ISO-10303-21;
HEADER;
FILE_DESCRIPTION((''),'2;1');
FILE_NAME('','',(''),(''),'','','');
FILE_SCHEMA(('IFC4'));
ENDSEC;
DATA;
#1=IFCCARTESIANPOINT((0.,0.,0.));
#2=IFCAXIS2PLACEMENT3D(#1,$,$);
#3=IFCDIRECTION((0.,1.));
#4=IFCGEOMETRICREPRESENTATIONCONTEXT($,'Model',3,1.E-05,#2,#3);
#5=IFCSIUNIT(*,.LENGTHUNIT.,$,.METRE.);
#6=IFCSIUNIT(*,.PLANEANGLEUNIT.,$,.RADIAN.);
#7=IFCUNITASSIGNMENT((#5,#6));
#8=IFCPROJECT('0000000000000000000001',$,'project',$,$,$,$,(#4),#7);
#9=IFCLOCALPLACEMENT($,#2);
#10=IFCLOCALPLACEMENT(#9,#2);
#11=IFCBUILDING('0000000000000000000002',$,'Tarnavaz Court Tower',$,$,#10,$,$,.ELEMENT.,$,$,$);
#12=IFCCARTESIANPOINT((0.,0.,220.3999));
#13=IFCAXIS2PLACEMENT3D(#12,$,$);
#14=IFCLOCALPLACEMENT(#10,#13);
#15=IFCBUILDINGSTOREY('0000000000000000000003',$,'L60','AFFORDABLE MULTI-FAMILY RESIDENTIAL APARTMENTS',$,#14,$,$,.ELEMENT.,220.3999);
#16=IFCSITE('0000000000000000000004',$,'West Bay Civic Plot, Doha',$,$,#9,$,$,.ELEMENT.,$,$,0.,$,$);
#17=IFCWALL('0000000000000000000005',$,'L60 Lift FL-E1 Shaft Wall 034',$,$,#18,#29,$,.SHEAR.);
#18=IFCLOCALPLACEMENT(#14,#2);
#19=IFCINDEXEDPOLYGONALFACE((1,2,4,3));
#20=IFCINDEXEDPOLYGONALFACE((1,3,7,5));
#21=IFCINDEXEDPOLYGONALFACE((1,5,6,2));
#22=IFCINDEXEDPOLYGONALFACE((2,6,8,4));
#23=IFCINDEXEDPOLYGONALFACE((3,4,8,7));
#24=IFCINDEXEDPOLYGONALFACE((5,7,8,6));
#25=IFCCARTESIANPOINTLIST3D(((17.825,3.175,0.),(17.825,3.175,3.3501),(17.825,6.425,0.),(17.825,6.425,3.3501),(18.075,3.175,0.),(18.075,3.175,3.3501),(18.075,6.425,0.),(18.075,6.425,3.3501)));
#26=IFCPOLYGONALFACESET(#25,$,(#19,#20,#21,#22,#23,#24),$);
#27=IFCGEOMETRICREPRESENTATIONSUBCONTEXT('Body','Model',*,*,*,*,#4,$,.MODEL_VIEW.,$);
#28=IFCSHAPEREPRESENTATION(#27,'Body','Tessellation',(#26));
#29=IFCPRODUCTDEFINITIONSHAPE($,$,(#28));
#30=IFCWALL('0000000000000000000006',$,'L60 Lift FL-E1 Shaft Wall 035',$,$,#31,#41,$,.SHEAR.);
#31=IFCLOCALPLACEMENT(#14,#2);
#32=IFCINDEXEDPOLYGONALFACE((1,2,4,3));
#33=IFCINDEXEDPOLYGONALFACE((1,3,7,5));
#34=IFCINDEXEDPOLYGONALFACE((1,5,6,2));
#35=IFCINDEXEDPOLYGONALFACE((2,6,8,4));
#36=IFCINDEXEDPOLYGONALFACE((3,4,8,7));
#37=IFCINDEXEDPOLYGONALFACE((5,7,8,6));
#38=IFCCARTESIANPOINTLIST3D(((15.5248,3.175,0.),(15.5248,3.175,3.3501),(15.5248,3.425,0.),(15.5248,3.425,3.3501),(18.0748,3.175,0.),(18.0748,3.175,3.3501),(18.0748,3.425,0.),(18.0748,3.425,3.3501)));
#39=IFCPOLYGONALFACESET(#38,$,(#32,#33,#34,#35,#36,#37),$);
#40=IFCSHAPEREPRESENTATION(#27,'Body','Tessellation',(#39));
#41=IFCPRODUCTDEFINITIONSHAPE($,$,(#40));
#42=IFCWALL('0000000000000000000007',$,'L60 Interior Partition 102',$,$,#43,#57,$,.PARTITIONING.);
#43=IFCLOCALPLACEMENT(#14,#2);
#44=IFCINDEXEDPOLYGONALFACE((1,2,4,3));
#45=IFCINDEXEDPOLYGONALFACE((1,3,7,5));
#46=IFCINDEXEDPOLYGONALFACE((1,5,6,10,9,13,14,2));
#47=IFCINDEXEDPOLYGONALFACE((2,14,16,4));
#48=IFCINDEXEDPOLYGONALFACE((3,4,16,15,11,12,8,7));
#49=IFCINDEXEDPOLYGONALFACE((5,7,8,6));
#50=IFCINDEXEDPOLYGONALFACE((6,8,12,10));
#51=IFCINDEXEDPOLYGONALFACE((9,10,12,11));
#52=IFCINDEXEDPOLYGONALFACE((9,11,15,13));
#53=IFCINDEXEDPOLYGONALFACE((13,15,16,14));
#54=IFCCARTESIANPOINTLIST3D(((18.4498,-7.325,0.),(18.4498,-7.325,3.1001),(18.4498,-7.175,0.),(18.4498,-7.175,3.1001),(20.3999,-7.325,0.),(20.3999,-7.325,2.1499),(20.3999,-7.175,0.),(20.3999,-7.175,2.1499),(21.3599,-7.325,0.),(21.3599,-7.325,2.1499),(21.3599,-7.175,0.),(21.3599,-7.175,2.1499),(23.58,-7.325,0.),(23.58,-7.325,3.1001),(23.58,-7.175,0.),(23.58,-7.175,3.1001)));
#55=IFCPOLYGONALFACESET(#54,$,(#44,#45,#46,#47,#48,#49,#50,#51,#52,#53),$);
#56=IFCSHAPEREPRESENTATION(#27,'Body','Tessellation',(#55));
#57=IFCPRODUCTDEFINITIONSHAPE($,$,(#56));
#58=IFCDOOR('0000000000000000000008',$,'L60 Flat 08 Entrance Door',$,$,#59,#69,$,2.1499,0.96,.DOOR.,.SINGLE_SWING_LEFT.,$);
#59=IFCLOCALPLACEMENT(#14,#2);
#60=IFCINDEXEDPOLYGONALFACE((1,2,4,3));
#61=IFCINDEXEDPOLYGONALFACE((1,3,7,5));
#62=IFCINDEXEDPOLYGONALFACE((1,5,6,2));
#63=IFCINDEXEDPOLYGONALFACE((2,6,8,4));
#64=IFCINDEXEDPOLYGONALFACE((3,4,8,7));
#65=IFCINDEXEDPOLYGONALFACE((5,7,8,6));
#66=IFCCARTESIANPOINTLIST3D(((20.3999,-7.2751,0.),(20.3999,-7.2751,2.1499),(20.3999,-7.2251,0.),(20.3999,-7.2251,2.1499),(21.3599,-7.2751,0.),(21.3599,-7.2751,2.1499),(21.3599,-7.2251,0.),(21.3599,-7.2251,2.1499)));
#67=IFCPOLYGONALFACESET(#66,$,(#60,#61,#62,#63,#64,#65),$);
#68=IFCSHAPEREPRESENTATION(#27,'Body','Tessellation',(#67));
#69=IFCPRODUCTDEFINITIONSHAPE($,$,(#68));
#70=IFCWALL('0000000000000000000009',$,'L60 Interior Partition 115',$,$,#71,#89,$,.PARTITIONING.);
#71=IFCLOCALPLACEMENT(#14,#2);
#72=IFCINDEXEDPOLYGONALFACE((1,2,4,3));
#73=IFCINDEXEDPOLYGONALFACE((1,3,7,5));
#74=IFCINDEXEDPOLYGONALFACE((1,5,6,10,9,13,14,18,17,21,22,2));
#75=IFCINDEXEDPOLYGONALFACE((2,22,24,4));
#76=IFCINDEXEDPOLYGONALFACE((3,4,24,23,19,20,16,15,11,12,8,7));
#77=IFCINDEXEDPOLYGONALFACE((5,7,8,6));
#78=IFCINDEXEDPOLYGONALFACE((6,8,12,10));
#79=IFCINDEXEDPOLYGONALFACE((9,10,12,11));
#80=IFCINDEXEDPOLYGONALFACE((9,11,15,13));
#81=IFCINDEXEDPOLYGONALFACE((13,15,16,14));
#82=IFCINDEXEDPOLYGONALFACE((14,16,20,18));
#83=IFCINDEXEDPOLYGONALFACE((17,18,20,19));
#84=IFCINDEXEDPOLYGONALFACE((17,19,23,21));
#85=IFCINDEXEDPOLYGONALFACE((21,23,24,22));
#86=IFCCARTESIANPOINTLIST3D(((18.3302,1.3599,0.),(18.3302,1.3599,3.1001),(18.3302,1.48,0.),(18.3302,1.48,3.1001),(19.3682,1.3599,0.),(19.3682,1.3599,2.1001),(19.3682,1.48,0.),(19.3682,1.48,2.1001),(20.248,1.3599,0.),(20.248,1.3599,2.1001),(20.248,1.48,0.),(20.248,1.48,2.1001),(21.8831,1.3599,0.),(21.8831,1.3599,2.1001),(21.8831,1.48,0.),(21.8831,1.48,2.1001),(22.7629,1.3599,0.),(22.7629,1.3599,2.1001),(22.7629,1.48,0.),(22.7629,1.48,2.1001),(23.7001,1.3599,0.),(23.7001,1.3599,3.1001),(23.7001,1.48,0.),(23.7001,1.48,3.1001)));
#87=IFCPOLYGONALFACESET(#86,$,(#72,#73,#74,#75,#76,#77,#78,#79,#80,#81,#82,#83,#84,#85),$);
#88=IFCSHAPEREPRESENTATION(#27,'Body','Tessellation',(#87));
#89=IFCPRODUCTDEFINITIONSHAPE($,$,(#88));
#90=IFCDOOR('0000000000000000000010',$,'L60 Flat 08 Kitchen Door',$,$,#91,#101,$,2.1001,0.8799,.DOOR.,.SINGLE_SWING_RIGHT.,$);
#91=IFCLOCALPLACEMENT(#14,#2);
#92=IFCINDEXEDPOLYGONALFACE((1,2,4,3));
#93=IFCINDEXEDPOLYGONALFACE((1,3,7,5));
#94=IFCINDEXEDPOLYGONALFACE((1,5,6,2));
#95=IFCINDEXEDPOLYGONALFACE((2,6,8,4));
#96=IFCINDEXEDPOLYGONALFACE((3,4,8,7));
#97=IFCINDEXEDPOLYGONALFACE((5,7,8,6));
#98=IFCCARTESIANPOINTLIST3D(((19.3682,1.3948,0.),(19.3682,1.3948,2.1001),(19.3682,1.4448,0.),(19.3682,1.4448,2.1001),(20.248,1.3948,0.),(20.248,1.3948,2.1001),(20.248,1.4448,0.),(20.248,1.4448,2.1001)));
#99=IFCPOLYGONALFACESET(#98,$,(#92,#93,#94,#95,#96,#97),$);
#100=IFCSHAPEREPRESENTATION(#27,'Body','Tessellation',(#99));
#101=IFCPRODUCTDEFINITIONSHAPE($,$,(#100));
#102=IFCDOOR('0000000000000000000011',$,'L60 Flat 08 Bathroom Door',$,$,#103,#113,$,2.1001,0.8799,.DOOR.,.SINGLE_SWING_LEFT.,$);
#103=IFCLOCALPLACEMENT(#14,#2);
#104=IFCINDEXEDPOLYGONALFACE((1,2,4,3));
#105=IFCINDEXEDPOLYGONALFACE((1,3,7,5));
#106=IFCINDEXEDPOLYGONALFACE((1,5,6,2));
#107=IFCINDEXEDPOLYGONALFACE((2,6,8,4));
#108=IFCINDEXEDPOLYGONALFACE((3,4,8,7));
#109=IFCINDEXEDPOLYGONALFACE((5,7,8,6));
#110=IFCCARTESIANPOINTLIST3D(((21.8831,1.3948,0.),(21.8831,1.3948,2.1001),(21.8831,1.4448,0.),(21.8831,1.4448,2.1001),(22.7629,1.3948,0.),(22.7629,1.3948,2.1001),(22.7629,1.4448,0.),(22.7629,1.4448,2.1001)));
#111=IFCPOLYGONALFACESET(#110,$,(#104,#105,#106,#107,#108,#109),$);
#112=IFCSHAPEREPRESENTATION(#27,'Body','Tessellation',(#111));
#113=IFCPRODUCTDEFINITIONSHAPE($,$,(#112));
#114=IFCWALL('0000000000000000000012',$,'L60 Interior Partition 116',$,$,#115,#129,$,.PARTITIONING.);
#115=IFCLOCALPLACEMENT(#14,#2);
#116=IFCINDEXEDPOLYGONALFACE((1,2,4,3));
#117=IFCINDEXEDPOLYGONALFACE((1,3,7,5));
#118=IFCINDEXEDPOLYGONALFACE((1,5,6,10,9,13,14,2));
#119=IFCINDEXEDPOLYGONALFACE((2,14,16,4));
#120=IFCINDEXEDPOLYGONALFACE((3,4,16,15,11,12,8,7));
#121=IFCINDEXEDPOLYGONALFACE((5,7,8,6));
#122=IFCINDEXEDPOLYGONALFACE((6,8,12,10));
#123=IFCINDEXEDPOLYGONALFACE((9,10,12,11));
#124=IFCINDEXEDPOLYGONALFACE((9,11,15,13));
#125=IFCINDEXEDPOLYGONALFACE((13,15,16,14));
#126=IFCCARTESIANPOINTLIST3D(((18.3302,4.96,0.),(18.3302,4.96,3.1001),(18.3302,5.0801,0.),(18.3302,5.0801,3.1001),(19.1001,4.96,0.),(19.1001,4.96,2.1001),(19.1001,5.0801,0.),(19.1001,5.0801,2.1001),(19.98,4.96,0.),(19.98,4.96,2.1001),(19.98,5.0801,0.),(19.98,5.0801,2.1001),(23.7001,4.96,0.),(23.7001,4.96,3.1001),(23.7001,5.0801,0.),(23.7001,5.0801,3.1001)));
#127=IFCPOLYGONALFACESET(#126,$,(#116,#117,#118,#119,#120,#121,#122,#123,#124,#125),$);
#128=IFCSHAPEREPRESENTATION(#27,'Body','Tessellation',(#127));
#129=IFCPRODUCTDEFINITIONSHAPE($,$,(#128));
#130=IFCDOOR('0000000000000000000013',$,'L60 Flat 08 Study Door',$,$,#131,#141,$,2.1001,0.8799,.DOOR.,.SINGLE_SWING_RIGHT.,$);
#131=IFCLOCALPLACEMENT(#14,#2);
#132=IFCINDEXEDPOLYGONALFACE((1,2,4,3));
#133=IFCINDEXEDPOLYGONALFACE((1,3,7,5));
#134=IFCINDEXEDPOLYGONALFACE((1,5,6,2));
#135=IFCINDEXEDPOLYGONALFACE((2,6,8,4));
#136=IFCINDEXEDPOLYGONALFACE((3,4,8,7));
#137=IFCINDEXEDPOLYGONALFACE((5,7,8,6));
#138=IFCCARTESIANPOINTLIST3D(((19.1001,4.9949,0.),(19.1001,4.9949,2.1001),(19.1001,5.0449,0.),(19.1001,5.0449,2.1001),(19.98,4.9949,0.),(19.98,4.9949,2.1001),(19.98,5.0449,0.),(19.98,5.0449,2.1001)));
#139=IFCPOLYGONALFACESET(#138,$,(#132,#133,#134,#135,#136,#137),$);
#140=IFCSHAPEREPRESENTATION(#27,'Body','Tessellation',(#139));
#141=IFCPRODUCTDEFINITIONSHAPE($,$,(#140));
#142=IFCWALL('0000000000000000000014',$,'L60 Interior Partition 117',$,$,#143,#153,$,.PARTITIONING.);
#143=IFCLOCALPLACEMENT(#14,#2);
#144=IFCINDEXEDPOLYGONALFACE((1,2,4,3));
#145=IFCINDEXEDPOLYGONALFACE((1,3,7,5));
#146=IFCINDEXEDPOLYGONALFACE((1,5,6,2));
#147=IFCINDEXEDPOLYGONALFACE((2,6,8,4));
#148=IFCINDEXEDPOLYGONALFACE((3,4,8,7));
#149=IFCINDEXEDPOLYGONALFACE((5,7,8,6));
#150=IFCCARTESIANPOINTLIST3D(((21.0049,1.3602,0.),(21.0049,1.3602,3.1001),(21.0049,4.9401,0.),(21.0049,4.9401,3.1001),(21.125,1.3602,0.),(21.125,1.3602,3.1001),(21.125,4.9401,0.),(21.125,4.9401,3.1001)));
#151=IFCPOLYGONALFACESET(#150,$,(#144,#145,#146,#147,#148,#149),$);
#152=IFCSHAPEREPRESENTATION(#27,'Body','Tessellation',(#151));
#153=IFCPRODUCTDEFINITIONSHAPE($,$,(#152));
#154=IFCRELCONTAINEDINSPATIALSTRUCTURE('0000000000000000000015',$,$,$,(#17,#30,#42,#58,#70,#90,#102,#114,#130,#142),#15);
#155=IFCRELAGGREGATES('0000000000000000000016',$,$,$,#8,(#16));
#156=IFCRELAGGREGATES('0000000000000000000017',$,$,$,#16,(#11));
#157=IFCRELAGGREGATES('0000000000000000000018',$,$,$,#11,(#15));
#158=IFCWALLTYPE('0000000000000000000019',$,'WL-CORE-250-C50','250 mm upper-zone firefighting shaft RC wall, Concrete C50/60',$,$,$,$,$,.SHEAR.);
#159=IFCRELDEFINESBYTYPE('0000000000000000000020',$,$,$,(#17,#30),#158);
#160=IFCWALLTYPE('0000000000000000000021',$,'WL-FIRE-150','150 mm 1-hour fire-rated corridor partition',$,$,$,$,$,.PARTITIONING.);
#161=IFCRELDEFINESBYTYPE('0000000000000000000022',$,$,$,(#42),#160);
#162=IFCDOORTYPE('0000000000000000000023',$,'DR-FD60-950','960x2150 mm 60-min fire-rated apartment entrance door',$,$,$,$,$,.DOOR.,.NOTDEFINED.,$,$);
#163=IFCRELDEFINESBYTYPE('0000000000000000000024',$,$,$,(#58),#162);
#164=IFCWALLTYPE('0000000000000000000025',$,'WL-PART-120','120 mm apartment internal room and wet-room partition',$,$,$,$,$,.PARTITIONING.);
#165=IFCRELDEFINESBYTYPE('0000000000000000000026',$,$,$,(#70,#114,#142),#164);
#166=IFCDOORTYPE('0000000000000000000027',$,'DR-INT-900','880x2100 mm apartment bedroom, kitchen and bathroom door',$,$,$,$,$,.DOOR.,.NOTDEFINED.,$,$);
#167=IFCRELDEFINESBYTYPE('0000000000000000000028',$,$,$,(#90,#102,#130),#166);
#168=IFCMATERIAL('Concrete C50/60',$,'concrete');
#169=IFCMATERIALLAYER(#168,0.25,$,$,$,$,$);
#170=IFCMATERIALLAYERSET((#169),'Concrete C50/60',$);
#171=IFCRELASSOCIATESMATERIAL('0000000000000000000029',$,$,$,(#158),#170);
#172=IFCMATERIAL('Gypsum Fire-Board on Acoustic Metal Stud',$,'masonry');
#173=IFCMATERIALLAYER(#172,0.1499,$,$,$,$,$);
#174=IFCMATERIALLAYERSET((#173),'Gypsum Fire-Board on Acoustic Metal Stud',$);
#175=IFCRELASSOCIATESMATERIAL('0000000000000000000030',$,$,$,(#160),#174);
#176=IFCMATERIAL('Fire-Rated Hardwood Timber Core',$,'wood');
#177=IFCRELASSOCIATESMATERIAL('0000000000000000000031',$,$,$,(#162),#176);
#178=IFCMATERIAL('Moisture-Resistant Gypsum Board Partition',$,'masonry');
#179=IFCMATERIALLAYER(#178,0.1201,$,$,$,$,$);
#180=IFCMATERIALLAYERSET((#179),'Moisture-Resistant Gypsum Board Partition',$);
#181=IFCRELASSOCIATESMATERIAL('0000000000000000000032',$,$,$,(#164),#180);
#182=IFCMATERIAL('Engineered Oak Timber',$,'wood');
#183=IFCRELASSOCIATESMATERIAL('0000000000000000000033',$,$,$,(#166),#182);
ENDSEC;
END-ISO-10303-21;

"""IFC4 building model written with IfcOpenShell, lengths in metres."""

from ifc_helpers import new_model, si_unit, direction, frame, frame_2d, origin, place, context, subcontext, project, spatial, rectangle, extrude, material, layer, layer_set, type_object, element, fill, save


model = new_model("IFC4")

# Units and contexts
model_context = context("Model", 3, precision=1e-05, world=origin(), true_north=direction((0.0, 1.0)))
body_context = subcontext(model_context, "Body", "Model", "MODEL_VIEW")
ifc_project = project(units=[si_unit("LENGTHUNIT", "METRE"), si_unit("PLANEANGLEUNIT", "RADIAN")], contexts=[model_context])

# Site, building, storey
site_placement = place(None, origin())
site = spatial("IfcSite", under=ifc_project, at=site_placement, Name="West Bay Civic Plot, Doha", CompositionType="ELEMENT", RefElevation=0.0)
building_placement = place(site_placement, origin())
building = spatial("IfcBuilding", under=site, at=building_placement, Name="Tarnavaz Court Tower", CompositionType="ELEMENT")
storey_placement = place(building_placement, frame((0.0, 0.0, 220.3999)))
storey = spatial("IfcBuildingStorey", under=building, at=storey_placement, Name="L60", Description="AFFORDABLE MULTI-FAMILY RESIDENTIAL APARTMENTS", CompositionType="ELEMENT", Elevation=220.3999)

# Shared definitions
ifc_material_1 = material(Name="Concrete C50/60", Category="concrete")

# Shared definitions
ifc_layer_1 = layer(ifc_material_1, 0.25)
ifc_layer_set_1 = layer_set([ifc_layer_1], Name="Concrete C50/60")
wall_type_1 = type_object("IfcWallType", Name="WL-CORE-250-C50", Description="250 mm upper-zone firefighting shaft RC wall, Concrete C50/60", PredefinedType="SHEAR", material=ifc_layer_set_1)

# Walls
wall_1_placement = place(storey_placement, frame((17.95, 3.175, 0.0), z_axis=(0.0, 0.0, 1.0), x_axis=(0.0, 1.0, 0.0)))
element("IfcWall", 1, at=wall_1_placement, inside=storey, type_object=wall_type_1, Name="L60 Lift FL-E1 Shaft Wall 034", PredefinedType="SHEAR", context=body_context, shape_type="SweptSolid", body=[
    extrude(rectangle(XDim=3.25, YDim=0.25, at=frame_2d((1.625, 0.0))), origin(), (0.0, 0.0, 1.0), 3.3501),
])
wall_2_placement = place(storey_placement, frame((15.5249, 3.3, 0.0), z_axis=(0.0, 0.0, 1.0), x_axis=(1.0, 0.0, 0.0)))
element("IfcWall", 2, at=wall_2_placement, inside=storey, type_object=wall_type_1, Name="L60 Lift FL-E1 Shaft Wall 035", PredefinedType="SHEAR", context=body_context, shape_type="SweptSolid", body=[
    extrude(rectangle(XDim=2.55, YDim=0.25, at=frame_2d((1.2749, 0.0))), origin(), (0.0, 0.0, 1.0), 3.3501),
])

# Wall, opening, door
ifc_material_2 = material(Name="Gypsum Fire-Board on Acoustic Metal Stud", Category="masonry")
ifc_layer_2 = layer(ifc_material_2, 0.1499)
ifc_layer_set_2 = layer_set([ifc_layer_2], Name="Gypsum Fire-Board on Acoustic Metal Stud")
wall_type_2 = type_object("IfcWallType", Name="WL-FIRE-150", Description="150 mm 1-hour fire-rated corridor partition", PredefinedType="PARTITIONING", material=ifc_layer_set_2)
wall_3_placement = place(storey_placement, frame((18.45, -7.25, 0.0), z_axis=(0.0, 0.0, 1.0), x_axis=(1.0, 0.0, 0.0)))
wall_3 = element("IfcWall", 3, at=wall_3_placement, inside=storey, type_object=wall_type_2, Name="L60 Interior Partition 102", PredefinedType="PARTITIONING", context=body_context, shape_type="SweptSolid", body=[
    extrude(rectangle(XDim=5.1301, YDim=0.1499, at=frame_2d((2.5649, 0.0))), origin(), (0.0, 0.0, 1.0), 3.1001),
])
opening_1_placement = place(wall_3_placement, frame((1.95, 0.0, 0.0)))
opening_1 = element("IfcOpeningElement", 4, at=opening_1_placement, cuts=wall_3, PredefinedType="OPENING", context=body_context, shape_type="SweptSolid", body=[
    extrude(rectangle(XDim=0.96, YDim=2.1499, at=frame_2d((0.48, 1.075))), frame((0.0, 0.085, 0.0), z_axis=(0.0, -1.0, 0.0), x_axis=(1.0, 0.0, 0.0)), (0.0, 0.0, 1.0), 0.1699),
])
ifc_material_3 = material(Name="Fire-Rated Hardwood Timber Core", Category="wood")
door_type_1 = type_object("IfcDoorType", Name="DR-FD60-950", Description="960x2150 mm 60-min fire-rated apartment entrance door", OperationType="NOTDEFINED", PredefinedType="DOOR", material=ifc_material_3)
door_1_placement = place(opening_1_placement, origin())
door_1 = element("IfcDoor", 5, at=door_1_placement, inside=storey, type_object=door_type_1, Name="L60 Flat 08 Entrance Door", OperationType="SINGLE_SWING_LEFT", OverallHeight=2.1499, OverallWidth=0.96, PredefinedType="DOOR", context=body_context, shape_type="SweptSolid", body=[
    extrude(rectangle(XDim=0.96, YDim=2.1499, at=frame_2d((0.48, 1.075))), frame((0.0, 0.0249, 0.0), z_axis=(0.0, -1.0, 0.0), x_axis=(1.0, 0.0, 0.0)), (0.0, 0.0, 1.0), 0.05),
])
fill(opening_1, door_1)

# Wall, openings, doors
ifc_material_4 = material(Name="Moisture-Resistant Gypsum Board Partition", Category="masonry")
ifc_layer_3 = layer(ifc_material_4, 0.1201)
ifc_layer_set_3 = layer_set([ifc_layer_3], Name="Moisture-Resistant Gypsum Board Partition")
wall_type_3 = type_object("IfcWallType", Name="WL-PART-120", Description="120 mm apartment internal room and wet-room partition", PredefinedType="PARTITIONING", material=ifc_layer_set_3)
wall_4_placement = place(storey_placement, frame((18.3301, 1.4199, 0.0), z_axis=(0.0, 0.0, 1.0), x_axis=(1.0, 0.0, 0.0)))
wall_4 = element("IfcWall", 6, at=wall_4_placement, inside=storey, type_object=wall_type_3, Name="L60 Interior Partition 115", PredefinedType="PARTITIONING", context=body_context, shape_type="SweptSolid", body=[
    extrude(rectangle(XDim=5.3699, YDim=0.1201, at=frame_2d((2.6851, 0.0))), origin(), (0.0, 0.0, 1.0), 3.1001),
])
opening_2_placement = place(wall_4_placement, frame((1.0381, 0.0, 0.0)))
opening_2 = element("IfcOpeningElement", 7, at=opening_2_placement, cuts=wall_4, PredefinedType="OPENING", context=body_context, shape_type="SweptSolid", body=[
    extrude(rectangle(XDim=0.8799, YDim=2.1001, at=frame_2d((0.4399, 1.05))), frame((0.0, 0.0701, 0.0), z_axis=(0.0, -1.0, 0.0), x_axis=(1.0, 0.0, 0.0)), (0.0, 0.0, 1.0), 0.1401),
])
opening_3_placement = place(wall_4_placement, frame((3.553, 0.0, 0.0)))
opening_3 = element("IfcOpeningElement", 8, at=opening_3_placement, cuts=wall_4, PredefinedType="OPENING", context=body_context, shape_type="SweptSolid", body=[
    extrude(rectangle(XDim=0.8799, YDim=2.1001, at=frame_2d((0.4399, 1.05))), frame((0.0, 0.0701, 0.0), z_axis=(0.0, -1.0, 0.0), x_axis=(1.0, 0.0, 0.0)), (0.0, 0.0, 1.0), 0.1401),
])
ifc_material_5 = material(Name="Engineered Oak Timber", Category="wood")
door_type_2 = type_object("IfcDoorType", Name="DR-INT-900", Description="880x2100 mm apartment bedroom, kitchen and bathroom door", OperationType="NOTDEFINED", PredefinedType="DOOR", material=ifc_material_5)
door_2_placement = place(opening_2_placement, origin())
door_2 = element("IfcDoor", 9, at=door_2_placement, inside=storey, type_object=door_type_2, Name="L60 Flat 08 Kitchen Door", OperationType="SINGLE_SWING_RIGHT", OverallHeight=2.1001, OverallWidth=0.8799, PredefinedType="DOOR", context=body_context, shape_type="SweptSolid", body=[
    extrude(rectangle(XDim=0.8799, YDim=2.1001, at=frame_2d((0.4399, 1.05))), frame((0.0, 0.0249, 0.0), z_axis=(0.0, -1.0, 0.0), x_axis=(1.0, 0.0, 0.0)), (0.0, 0.0, 1.0), 0.05),
])
fill(opening_2, door_2)
door_3_placement = place(opening_3_placement, origin())
door_3 = element("IfcDoor", 10, at=door_3_placement, inside=storey, type_object=door_type_2, Name="L60 Flat 08 Bathroom Door", OperationType="SINGLE_SWING_LEFT", OverallHeight=2.1001, OverallWidth=0.8799, PredefinedType="DOOR", context=body_context, shape_type="SweptSolid", body=[
    extrude(rectangle(XDim=0.8799, YDim=2.1001, at=frame_2d((0.4399, 1.05))), frame((0.0, 0.0249, 0.0), z_axis=(0.0, -1.0, 0.0), x_axis=(1.0, 0.0, 0.0)), (0.0, 0.0, 1.0), 0.05),
])
fill(opening_3, door_3)

# Wall, opening, door
wall_5_placement = place(storey_placement, frame((18.3301, 5.02, 0.0), z_axis=(0.0, 0.0, 1.0), x_axis=(1.0, 0.0, 0.0)))
wall_5 = element("IfcWall", 11, at=wall_5_placement, inside=storey, type_object=wall_type_3, Name="L60 Interior Partition 116", PredefinedType="PARTITIONING", context=body_context, shape_type="SweptSolid", body=[
    extrude(rectangle(XDim=5.3699, YDim=0.1201, at=frame_2d((2.6851, 0.0))), origin(), (0.0, 0.0, 1.0), 3.1001),
])
opening_4_placement = place(wall_5_placement, frame((0.77, 0.0, 0.0)))
opening_4 = element("IfcOpeningElement", 12, at=opening_4_placement, cuts=wall_5, PredefinedType="OPENING", context=body_context, shape_type="SweptSolid", body=[
    extrude(rectangle(XDim=0.8799, YDim=2.1001, at=frame_2d((0.4399, 1.05))), frame((0.0, 0.0701, 0.0), z_axis=(0.0, -1.0, 0.0), x_axis=(1.0, 0.0, 0.0)), (0.0, 0.0, 1.0), 0.1401),
])
door_4_placement = place(opening_4_placement, origin())
door_4 = element("IfcDoor", 13, at=door_4_placement, inside=storey, type_object=door_type_2, Name="L60 Flat 08 Study Door", OperationType="SINGLE_SWING_RIGHT", OverallHeight=2.1001, OverallWidth=0.8799, PredefinedType="DOOR", context=body_context, shape_type="SweptSolid", body=[
    extrude(rectangle(XDim=0.8799, YDim=2.1001, at=frame_2d((0.4399, 1.05))), frame((0.0, 0.0249, 0.0), z_axis=(0.0, -1.0, 0.0), x_axis=(1.0, 0.0, 0.0)), (0.0, 0.0, 1.0), 0.05),
])
fill(opening_4, door_4)

# Wall
wall_6_placement = place(storey_placement, frame((21.0649, 1.3601, 0.0), z_axis=(0.0, 0.0, 1.0), x_axis=(0.0, 1.0, 0.0)))
element("IfcWall", 14, at=wall_6_placement, inside=storey, type_object=wall_type_3, Name="L60 Interior Partition 117", PredefinedType="PARTITIONING", context=body_context, shape_type="SweptSolid", body=[
    extrude(rectangle(XDim=3.5798, YDim=0.1201, at=frame_2d((1.79, 0.0))), origin(), (0.0, 0.0, 1.0), 3.1001),
])

save(model, "model.ifc")
